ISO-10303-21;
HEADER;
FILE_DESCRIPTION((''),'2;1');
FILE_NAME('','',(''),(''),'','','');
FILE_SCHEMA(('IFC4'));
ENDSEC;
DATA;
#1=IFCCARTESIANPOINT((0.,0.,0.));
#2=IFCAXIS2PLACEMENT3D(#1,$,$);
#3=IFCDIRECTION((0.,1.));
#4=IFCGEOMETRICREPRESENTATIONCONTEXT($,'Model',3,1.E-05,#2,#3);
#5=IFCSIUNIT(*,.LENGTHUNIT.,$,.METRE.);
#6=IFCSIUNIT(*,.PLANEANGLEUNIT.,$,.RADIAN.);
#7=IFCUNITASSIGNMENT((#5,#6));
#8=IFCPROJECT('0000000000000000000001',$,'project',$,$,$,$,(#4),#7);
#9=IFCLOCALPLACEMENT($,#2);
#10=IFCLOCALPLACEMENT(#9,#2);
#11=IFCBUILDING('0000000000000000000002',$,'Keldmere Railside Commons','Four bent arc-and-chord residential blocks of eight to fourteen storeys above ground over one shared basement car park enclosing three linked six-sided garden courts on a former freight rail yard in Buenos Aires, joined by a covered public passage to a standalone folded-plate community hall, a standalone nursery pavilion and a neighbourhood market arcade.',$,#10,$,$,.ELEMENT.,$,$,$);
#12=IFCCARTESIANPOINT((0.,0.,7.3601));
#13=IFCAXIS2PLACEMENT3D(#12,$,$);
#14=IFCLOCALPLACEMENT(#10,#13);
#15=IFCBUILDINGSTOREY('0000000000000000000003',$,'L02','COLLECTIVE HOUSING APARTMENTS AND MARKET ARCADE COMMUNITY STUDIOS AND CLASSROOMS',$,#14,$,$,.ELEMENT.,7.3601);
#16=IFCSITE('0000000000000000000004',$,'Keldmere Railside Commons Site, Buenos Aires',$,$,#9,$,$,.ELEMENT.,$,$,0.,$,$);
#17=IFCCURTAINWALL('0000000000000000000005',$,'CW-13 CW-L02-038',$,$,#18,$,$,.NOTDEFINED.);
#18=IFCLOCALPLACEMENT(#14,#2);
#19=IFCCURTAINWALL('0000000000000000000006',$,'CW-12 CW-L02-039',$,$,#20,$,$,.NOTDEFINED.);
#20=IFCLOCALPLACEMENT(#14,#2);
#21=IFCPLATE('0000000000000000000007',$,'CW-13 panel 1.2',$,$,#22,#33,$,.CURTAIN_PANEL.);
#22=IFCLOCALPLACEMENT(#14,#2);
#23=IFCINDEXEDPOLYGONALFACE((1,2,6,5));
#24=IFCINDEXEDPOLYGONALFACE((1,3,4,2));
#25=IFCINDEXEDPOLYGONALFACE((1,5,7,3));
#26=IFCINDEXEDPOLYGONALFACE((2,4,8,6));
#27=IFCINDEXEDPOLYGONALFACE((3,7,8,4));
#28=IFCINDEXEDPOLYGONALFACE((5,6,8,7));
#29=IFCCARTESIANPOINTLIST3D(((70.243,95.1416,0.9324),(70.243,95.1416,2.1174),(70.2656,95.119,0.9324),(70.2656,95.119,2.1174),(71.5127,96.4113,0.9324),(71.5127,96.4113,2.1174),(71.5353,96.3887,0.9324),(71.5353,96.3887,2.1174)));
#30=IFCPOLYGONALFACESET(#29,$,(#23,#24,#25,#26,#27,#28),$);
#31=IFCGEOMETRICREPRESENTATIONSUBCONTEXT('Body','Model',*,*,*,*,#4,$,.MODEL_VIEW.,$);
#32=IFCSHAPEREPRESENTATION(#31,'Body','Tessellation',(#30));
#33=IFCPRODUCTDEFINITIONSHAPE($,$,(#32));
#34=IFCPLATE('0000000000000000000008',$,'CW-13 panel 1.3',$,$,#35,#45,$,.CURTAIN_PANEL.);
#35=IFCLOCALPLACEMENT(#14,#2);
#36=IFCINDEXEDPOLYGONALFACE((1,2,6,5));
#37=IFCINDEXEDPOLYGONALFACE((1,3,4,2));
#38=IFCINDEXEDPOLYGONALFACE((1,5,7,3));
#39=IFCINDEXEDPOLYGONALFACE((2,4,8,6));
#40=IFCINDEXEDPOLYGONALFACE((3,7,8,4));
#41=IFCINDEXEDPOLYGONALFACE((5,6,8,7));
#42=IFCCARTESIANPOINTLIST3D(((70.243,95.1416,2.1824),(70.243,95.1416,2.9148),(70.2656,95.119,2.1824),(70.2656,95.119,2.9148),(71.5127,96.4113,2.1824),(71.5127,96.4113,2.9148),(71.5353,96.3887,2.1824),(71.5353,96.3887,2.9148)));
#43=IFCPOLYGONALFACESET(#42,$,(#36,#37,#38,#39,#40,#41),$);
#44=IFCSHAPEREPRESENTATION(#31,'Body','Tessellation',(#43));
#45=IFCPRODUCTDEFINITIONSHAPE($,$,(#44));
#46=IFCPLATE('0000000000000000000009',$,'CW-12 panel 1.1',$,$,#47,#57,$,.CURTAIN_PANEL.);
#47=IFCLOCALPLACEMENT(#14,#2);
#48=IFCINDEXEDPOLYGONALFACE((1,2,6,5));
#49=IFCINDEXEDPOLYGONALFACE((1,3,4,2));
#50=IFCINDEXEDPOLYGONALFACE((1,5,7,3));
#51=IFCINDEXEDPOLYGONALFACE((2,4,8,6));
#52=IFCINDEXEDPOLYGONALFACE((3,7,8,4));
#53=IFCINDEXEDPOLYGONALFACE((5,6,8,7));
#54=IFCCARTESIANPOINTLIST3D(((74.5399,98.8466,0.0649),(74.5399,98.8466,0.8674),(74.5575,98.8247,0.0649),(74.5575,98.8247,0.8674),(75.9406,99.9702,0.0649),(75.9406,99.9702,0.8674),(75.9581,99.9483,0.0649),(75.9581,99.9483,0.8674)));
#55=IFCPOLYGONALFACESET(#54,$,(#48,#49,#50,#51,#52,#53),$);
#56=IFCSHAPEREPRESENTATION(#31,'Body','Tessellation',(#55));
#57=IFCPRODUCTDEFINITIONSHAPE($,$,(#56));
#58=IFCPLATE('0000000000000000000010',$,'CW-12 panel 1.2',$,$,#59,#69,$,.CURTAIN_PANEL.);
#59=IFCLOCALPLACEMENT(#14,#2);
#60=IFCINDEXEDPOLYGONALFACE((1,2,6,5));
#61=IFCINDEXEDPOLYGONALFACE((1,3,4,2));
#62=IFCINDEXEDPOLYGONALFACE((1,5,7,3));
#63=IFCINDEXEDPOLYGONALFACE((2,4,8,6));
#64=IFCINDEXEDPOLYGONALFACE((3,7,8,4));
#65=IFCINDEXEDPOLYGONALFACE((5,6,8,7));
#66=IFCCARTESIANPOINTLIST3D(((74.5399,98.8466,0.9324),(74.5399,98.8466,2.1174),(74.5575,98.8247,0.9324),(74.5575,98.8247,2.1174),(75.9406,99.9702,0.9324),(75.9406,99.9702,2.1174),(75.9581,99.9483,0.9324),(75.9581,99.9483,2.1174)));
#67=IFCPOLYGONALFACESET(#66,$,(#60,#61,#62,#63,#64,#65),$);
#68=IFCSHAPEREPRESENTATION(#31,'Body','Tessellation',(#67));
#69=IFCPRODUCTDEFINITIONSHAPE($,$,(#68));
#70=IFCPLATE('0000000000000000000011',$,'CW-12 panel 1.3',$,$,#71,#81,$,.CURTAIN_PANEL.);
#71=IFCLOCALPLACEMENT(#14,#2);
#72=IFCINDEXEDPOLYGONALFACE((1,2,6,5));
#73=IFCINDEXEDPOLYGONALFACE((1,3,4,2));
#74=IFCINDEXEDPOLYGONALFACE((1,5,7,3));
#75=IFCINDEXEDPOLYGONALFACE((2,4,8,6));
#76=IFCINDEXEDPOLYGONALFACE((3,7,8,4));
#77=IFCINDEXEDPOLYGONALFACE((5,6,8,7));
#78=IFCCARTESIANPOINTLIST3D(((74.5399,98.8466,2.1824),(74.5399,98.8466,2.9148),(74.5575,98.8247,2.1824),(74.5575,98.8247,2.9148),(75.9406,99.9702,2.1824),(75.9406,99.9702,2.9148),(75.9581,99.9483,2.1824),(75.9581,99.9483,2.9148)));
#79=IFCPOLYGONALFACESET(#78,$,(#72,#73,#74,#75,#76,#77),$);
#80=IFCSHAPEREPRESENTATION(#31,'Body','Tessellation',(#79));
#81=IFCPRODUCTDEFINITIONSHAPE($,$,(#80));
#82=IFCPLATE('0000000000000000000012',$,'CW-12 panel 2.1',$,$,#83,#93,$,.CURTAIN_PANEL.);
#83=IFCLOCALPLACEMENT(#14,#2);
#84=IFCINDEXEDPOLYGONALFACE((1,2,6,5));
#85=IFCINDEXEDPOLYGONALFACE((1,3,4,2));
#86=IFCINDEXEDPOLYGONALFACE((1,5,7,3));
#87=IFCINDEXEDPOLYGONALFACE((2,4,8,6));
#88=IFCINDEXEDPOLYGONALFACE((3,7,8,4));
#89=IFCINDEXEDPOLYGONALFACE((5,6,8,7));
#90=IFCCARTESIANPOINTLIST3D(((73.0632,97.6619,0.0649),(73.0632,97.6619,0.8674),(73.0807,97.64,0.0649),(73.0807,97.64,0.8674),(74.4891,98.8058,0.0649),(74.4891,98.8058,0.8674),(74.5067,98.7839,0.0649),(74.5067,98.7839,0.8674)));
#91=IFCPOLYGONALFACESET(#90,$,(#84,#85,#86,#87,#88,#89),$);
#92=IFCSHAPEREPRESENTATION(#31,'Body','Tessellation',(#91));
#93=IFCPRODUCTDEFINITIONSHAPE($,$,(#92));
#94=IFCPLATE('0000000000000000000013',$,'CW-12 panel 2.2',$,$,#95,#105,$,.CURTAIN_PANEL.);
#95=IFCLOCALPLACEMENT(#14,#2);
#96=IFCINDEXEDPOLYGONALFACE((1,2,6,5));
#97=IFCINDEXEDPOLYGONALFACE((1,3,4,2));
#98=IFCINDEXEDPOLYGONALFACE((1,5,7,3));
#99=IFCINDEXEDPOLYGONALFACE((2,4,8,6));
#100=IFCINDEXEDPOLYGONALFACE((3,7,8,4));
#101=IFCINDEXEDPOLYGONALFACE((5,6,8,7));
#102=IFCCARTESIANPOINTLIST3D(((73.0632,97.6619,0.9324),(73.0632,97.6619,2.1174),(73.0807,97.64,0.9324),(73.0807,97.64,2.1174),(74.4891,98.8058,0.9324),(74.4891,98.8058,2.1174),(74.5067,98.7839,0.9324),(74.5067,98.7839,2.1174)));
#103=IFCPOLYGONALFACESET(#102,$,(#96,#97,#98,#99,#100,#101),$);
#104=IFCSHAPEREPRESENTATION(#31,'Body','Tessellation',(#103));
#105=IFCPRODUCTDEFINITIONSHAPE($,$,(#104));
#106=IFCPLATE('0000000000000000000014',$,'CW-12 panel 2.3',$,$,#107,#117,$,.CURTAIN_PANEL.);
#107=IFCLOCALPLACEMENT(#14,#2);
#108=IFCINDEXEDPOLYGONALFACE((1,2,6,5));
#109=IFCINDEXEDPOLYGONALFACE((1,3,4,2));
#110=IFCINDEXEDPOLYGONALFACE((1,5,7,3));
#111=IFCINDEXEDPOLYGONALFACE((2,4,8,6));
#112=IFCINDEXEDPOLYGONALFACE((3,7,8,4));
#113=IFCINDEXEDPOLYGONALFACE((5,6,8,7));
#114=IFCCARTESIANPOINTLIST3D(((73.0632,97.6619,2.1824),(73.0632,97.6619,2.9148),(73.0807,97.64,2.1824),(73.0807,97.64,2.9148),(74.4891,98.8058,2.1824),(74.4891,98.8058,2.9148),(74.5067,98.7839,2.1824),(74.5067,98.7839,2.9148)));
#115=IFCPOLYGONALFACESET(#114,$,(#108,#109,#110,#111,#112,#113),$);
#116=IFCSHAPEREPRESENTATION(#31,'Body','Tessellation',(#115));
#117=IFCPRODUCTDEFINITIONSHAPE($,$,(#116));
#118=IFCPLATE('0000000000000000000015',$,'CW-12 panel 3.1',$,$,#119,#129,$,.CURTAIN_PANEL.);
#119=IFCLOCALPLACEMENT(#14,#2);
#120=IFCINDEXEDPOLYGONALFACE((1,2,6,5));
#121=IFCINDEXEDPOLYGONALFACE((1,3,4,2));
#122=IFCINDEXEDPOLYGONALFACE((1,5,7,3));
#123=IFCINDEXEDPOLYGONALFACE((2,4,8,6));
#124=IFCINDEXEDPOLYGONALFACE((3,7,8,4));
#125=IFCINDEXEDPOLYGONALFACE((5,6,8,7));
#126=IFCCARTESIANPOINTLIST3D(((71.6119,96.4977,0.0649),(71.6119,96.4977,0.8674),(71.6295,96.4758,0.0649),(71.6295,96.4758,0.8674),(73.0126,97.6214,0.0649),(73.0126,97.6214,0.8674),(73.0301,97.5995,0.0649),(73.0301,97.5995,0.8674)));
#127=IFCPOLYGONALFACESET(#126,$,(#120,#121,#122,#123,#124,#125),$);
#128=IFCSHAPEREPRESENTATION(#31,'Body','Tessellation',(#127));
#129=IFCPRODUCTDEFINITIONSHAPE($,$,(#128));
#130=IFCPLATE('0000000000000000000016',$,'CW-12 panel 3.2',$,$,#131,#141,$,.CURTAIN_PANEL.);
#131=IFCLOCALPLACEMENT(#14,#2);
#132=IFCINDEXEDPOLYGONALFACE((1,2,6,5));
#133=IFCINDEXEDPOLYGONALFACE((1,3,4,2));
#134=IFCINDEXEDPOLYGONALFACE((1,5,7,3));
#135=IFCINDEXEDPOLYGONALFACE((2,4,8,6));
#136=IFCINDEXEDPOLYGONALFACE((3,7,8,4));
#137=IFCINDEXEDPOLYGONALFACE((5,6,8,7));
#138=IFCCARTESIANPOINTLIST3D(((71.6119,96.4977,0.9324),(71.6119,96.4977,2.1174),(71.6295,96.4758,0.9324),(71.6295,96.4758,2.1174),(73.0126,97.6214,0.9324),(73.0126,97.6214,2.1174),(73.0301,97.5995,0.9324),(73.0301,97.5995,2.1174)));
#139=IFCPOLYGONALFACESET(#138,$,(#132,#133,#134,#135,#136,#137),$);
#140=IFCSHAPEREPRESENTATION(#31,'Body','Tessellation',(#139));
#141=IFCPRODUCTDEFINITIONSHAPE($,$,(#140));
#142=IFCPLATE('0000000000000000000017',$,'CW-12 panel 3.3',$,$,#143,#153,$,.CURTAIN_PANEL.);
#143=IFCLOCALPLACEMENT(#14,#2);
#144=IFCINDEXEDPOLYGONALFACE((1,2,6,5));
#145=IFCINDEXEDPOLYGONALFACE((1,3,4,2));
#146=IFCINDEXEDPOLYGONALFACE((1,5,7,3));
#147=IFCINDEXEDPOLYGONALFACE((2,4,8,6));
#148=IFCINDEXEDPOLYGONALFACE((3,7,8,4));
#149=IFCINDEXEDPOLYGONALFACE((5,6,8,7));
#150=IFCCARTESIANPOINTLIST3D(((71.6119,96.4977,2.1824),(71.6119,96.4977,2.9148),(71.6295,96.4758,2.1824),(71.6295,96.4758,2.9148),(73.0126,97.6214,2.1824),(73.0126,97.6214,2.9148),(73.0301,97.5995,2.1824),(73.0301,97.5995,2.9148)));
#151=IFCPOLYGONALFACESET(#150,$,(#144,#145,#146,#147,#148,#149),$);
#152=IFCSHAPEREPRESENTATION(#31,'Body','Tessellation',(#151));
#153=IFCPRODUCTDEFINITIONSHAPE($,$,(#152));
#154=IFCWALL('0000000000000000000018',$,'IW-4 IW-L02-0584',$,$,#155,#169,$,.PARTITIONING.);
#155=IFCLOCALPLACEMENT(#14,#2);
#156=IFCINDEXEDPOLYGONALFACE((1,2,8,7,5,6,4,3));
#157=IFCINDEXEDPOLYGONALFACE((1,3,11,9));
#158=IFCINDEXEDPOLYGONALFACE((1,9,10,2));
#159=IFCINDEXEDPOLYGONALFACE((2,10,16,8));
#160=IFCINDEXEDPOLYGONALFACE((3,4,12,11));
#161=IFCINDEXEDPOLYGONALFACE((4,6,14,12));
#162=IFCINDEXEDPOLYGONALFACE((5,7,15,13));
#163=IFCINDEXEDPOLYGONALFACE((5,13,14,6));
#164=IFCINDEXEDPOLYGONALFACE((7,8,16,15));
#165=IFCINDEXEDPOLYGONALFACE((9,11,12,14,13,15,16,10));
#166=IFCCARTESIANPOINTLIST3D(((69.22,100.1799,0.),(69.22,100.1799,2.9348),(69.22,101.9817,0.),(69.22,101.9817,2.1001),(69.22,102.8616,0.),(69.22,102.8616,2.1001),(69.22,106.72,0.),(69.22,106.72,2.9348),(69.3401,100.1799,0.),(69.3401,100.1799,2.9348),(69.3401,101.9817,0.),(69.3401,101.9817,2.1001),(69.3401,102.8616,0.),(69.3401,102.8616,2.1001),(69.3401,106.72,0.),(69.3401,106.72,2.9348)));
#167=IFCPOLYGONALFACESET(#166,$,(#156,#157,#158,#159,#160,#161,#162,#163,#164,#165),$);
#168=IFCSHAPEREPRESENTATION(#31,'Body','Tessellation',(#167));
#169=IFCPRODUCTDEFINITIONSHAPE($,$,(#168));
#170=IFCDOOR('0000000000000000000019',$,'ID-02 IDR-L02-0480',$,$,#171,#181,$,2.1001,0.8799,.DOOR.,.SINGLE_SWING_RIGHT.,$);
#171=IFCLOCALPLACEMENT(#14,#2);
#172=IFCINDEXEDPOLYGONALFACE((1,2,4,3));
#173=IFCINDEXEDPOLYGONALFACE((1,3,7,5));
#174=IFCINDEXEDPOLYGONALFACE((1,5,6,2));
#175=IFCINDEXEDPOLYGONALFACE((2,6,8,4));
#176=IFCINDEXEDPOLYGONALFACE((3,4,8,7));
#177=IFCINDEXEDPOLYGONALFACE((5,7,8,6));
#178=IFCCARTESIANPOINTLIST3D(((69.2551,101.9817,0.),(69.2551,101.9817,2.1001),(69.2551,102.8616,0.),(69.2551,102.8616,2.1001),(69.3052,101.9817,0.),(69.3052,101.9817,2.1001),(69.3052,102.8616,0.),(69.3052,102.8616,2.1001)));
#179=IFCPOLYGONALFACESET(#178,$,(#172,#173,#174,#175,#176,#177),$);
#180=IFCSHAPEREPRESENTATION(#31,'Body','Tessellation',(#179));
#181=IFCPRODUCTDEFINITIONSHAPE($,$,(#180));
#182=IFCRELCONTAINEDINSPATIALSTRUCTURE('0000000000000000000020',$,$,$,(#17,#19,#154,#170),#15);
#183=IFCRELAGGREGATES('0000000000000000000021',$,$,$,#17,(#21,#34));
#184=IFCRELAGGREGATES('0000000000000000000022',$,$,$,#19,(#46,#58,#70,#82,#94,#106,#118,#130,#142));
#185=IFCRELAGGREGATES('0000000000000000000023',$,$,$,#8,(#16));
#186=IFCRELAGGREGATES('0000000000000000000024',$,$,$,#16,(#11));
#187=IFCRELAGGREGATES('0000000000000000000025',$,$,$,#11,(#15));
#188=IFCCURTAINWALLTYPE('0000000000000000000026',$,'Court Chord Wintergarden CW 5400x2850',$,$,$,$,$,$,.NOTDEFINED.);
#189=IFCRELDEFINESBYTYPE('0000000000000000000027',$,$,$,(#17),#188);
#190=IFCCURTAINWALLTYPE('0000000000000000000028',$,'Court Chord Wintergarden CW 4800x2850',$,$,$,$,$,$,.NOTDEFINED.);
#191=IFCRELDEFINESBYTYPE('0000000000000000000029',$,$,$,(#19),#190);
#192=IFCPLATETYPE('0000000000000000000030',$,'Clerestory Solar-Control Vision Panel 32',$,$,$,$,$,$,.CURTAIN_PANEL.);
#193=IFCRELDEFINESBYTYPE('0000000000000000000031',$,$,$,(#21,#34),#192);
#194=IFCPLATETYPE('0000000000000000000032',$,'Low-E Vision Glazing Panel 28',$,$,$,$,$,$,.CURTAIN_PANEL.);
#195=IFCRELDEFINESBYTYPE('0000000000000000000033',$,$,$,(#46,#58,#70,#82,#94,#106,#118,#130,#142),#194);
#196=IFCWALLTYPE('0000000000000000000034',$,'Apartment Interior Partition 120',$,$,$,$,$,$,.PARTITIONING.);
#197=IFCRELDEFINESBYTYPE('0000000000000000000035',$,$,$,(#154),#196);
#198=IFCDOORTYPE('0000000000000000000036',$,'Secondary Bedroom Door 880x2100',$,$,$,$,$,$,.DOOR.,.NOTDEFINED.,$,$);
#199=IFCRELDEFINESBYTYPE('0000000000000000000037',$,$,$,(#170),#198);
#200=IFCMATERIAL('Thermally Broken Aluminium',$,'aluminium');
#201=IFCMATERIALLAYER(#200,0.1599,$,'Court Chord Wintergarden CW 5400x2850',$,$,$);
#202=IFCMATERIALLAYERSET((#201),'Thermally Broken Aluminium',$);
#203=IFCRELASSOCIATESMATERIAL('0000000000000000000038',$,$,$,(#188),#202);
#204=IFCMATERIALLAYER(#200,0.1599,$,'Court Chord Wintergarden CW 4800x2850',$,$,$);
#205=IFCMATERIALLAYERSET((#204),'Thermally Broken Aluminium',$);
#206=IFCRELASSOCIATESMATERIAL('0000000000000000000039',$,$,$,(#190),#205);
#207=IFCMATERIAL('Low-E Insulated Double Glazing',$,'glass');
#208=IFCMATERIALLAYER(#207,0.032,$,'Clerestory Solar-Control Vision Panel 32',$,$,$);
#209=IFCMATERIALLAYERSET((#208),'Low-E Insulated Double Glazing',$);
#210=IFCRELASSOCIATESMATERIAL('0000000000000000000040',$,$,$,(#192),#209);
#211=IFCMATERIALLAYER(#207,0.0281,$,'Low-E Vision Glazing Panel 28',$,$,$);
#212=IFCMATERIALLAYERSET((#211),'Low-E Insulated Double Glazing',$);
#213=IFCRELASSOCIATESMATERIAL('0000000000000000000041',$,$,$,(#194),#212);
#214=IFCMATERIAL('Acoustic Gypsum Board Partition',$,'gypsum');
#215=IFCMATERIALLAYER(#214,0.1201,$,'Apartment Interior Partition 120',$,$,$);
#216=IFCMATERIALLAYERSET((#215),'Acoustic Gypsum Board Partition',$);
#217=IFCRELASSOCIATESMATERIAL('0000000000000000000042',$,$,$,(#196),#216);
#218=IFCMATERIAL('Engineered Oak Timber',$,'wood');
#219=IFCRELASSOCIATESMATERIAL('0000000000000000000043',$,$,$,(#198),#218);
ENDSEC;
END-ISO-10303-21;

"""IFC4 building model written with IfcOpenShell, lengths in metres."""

from ifc_helpers import new_model, si_unit, direction, frame, frame_2d, origin, origin_2d, place, context, subcontext, project, spatial, rectangle, extrude, material, layer, layer_set, type_object, element, fill, aggregate, save


model = new_model("IFC4")

# Units and contexts
model_context = context("Model", 3, precision=1e-05, world=origin(), true_north=direction((0.0, 1.0)))
body_context = subcontext(model_context, "Body", "Model", "MODEL_VIEW")
ifc_project = project(units=[si_unit("LENGTHUNIT", "METRE"), si_unit("PLANEANGLEUNIT", "RADIAN")], contexts=[model_context])

# Site, building, storey
site_placement = place(None, origin())
site = spatial("IfcSite", under=ifc_project, at=site_placement, Name="Keldmere Railside Commons Site, Buenos Aires", CompositionType="ELEMENT", RefElevation=0.0)
building_placement = place(site_placement, origin())
building = spatial("IfcBuilding", under=site, at=building_placement, Name="Keldmere Railside Commons", Description="Four bent arc-and-chord residential blocks of eight to fourteen storeys above ground over one shared basement car park enclosing three linked six-sided garden courts on a former freight rail yard in Buenos Aires, joined by a covered public passage to a standalone folded-plate community hall, a standalone nursery pavilion and a neighbourhood market arcade.", CompositionType="ELEMENT")
storey_placement = place(building_placement, frame((0.0, 0.0, 7.3601)))
storey = spatial("IfcBuildingStorey", under=building, at=storey_placement, Name="L02", Description="COLLECTIVE HOUSING APARTMENTS AND MARKET ARCADE COMMUNITY STUDIOS AND CLASSROOMS", CompositionType="ELEMENT", Elevation=7.3601)

# Curtain wall
ifc_material_1 = material(Name="Thermally Broken Aluminium", Category="aluminium")
ifc_layer_1 = layer(ifc_material_1, 0.1599, Name="Court Chord Wintergarden CW 5400x2850")
ifc_layer_set_1 = layer_set([ifc_layer_1], Name="Thermally Broken Aluminium")
curtain_wall_type_1 = type_object("IfcCurtainWallType", Name="Court Chord Wintergarden CW 5400x2850", PredefinedType="NOTDEFINED", material=ifc_layer_set_1)
curtain_wall_1_placement = place(storey_placement, origin())
curtain_wall_1 = element("IfcCurtainWall", 1, at=curtain_wall_1_placement, inside=storey, type_object=curtain_wall_type_1, Name="CW-13 CW-L02-038", PredefinedType="NOTDEFINED")

# Curtain wall
ifc_layer_2 = layer(ifc_material_1, 0.1599, Name="Court Chord Wintergarden CW 4800x2850")
ifc_layer_set_2 = layer_set([ifc_layer_2], Name="Thermally Broken Aluminium")
curtain_wall_type_2 = type_object("IfcCurtainWallType", Name="Court Chord Wintergarden CW 4800x2850", PredefinedType="NOTDEFINED", material=ifc_layer_set_2)
curtain_wall_2_placement = place(storey_placement, origin())
curtain_wall_2 = element("IfcCurtainWall", 2, at=curtain_wall_2_placement, inside=storey, type_object=curtain_wall_type_2, Name="CW-12 CW-L02-039", PredefinedType="NOTDEFINED")

# Plates
ifc_material_2 = material(Name="Low-E Insulated Double Glazing", Category="glass")
ifc_layer_3 = layer(ifc_material_2, 0.032, Name="Clerestory Solar-Control Vision Panel 32")
ifc_layer_set_3 = layer_set([ifc_layer_3], Name="Low-E Insulated Double Glazing")
plate_type_1 = type_object("IfcPlateType", Name="Clerestory Solar-Control Vision Panel 32", PredefinedType="CURTAIN_PANEL", material=ifc_layer_set_3)
plate_1_placement = place(storey_placement, frame((70.8892, 95.7651, 0.9324), z_axis=(0.0, 0.0, 1.0), x_axis=(-0.707107, -0.707107, 0.0)))
plate_1 = element("IfcPlate", 3, at=plate_1_placement, type_object=plate_type_1, Name="CW-13 panel 1.2", PredefinedType="CURTAIN_PANEL", context=body_context, shape_type="SweptSolid", body=[
    extrude(rectangle(XDim=1.7957, YDim=0.032, at=origin_2d()), origin(), (0.0, 0.0, 1.0), 1.1851),
])
plate_2_placement = place(storey_placement, frame((70.8892, 95.7651, 2.1824), z_axis=(0.0, 0.0, 1.0), x_axis=(-0.707107, -0.707107, 0.0)))
plate_2 = element("IfcPlate", 4, at=plate_2_placement, type_object=plate_type_1, Name="CW-13 panel 1.3", PredefinedType="CURTAIN_PANEL", context=body_context, shape_type="SweptSolid", body=[
    extrude(rectangle(XDim=1.7957, YDim=0.032, at=origin_2d()), origin(), (0.0, 0.0, 1.0), 0.7324),
])
aggregate(curtain_wall_1, [plate_1, plate_2])
ifc_layer_4 = layer(ifc_material_2, 0.0281, Name="Low-E Vision Glazing Panel 28")
ifc_layer_set_4 = layer_set([ifc_layer_4], Name="Low-E Insulated Double Glazing")
plate_type_2 = type_object("IfcPlateType", Name="Low-E Vision Glazing Panel 28", PredefinedType="CURTAIN_PANEL", material=ifc_layer_set_4)
plate_3_placement = place(storey_placement, frame((75.249, 99.3975, 0.0649), z_axis=(0.0, 0.0, 1.0), x_axis=(-0.780009, -0.625768, 0.0)))
plate_3 = element("IfcPlate", 5, at=plate_3_placement, type_object=plate_type_2, Name="CW-12 panel 1.1", PredefinedType="CURTAIN_PANEL", context=body_context, shape_type="SweptSolid", body=[
    extrude(rectangle(XDim=1.7957, YDim=0.0281, at=origin_2d()), origin(), (0.0, 0.0, 1.0), 0.8025),
])
plate_4_placement = place(storey_placement, frame((75.249, 99.3975, 0.9324), z_axis=(0.0, 0.0, 1.0), x_axis=(-0.780009, -0.625768, 0.0)))
plate_4 = element("IfcPlate", 6, at=plate_4_placement, type_object=plate_type_2, Name="CW-12 panel 1.2", PredefinedType="CURTAIN_PANEL", context=body_context, shape_type="SweptSolid", body=[
    extrude(rectangle(XDim=1.7957, YDim=0.0281, at=origin_2d()), origin(), (0.0, 0.0, 1.0), 1.1851),
])
plate_5_placement = place(storey_placement, frame((75.249, 99.3975, 2.1824), z_axis=(0.0, 0.0, 1.0), x_axis=(-0.780009, -0.625768, 0.0)))
plate_5 = element("IfcPlate", 7, at=plate_5_placement, type_object=plate_type_2, Name="CW-12 panel 1.3", PredefinedType="CURTAIN_PANEL", context=body_context, shape_type="SweptSolid", body=[
    extrude(rectangle(XDim=1.7957, YDim=0.0281, at=origin_2d()), origin(), (0.0, 0.0, 1.0), 0.7324),
])
plate_6_placement = place(storey_placement, frame((73.7849, 98.2229, 0.0649), z_axis=(0.0, 0.0, 1.0), x_axis=(-0.780009, -0.625768, 0.0)))
plate_6 = element("IfcPlate", 8, at=plate_6_placement, type_object=plate_type_2, Name="CW-12 panel 2.1", PredefinedType="CURTAIN_PANEL", context=body_context, shape_type="SweptSolid", body=[
    extrude(rectangle(XDim=1.8281, YDim=0.0281, at=origin_2d()), origin(), (0.0, 0.0, 1.0), 0.8025),
])
plate_7_placement = place(storey_placement, frame((73.7849, 98.2229, 0.9324), z_axis=(0.0, 0.0, 1.0), x_axis=(-0.780009, -0.625768, 0.0)))
plate_7 = element("IfcPlate", 9, at=plate_7_placement, type_object=plate_type_2, Name="CW-12 panel 2.2", PredefinedType="CURTAIN_PANEL", context=body_context, shape_type="SweptSolid", body=[
    extrude(rectangle(XDim=1.8281, YDim=0.0281, at=origin_2d()), origin(), (0.0, 0.0, 1.0), 1.1851),
])
plate_8_placement = place(storey_placement, frame((73.7849, 98.2229, 2.1824), z_axis=(0.0, 0.0, 1.0), x_axis=(-0.780009, -0.625768, 0.0)))
plate_8 = element("IfcPlate", 10, at=plate_8_placement, type_object=plate_type_2, Name="CW-12 panel 2.3", PredefinedType="CURTAIN_PANEL", context=body_context, shape_type="SweptSolid", body=[
    extrude(rectangle(XDim=1.8281, YDim=0.0281, at=origin_2d()), origin(), (0.0, 0.0, 1.0), 0.7324),
])
plate_9_placement = place(storey_placement, frame((72.321, 97.0486, 0.0649), z_axis=(0.0, 0.0, 1.0), x_axis=(-0.780009, -0.625768, 0.0)))
plate_9 = element("IfcPlate", 11, at=plate_9_placement, type_object=plate_type_2, Name="CW-12 panel 3.1", PredefinedType="CURTAIN_PANEL", context=body_context, shape_type="SweptSolid", body=[
    extrude(rectangle(XDim=1.7957, YDim=0.0281, at=origin_2d()), origin(), (0.0, 0.0, 1.0), 0.8025),
])
plate_10_placement = place(storey_placement, frame((72.321, 97.0486, 0.9324), z_axis=(0.0, 0.0, 1.0), x_axis=(-0.780009, -0.625768, 0.0)))
plate_10 = element("IfcPlate", 12, at=plate_10_placement, type_object=plate_type_2, Name="CW-12 panel 3.2", PredefinedType="CURTAIN_PANEL", context=body_context, shape_type="SweptSolid", body=[
    extrude(rectangle(XDim=1.7957, YDim=0.0281, at=origin_2d()), origin(), (0.0, 0.0, 1.0), 1.1851),
])
plate_11_placement = place(storey_placement, frame((72.321, 97.0486, 2.1824), z_axis=(0.0, 0.0, 1.0), x_axis=(-0.780009, -0.625768, 0.0)))
plate_11 = element("IfcPlate", 13, at=plate_11_placement, type_object=plate_type_2, Name="CW-12 panel 3.3", PredefinedType="CURTAIN_PANEL", context=body_context, shape_type="SweptSolid", body=[
    extrude(rectangle(XDim=1.7957, YDim=0.0281, at=origin_2d()), origin(), (0.0, 0.0, 1.0), 0.7324),
])
aggregate(curtain_wall_2, [plate_3, plate_4, plate_5, plate_6, plate_7, plate_8, plate_9, plate_10, plate_11])

# Wall, opening, door
ifc_material_3 = material(Name="Acoustic Gypsum Board Partition", Category="gypsum")
ifc_layer_5 = layer(ifc_material_3, 0.1201, Name="Apartment Interior Partition 120")
ifc_layer_set_5 = layer_set([ifc_layer_5], Name="Acoustic Gypsum Board Partition")
wall_type_1 = type_object("IfcWallType", Name="Apartment Interior Partition 120", PredefinedType="PARTITIONING", material=ifc_layer_set_5)
wall_1_placement = place(storey_placement, frame((69.28, 100.1799, 0.0), z_axis=(0.0, 0.0, 1.0), x_axis=(0.0, 1.0, 0.0)))
wall_1 = element("IfcWall", 14, at=wall_1_placement, inside=storey, type_object=wall_type_1, Name="IW-4 IW-L02-0584", PredefinedType="PARTITIONING", context=body_context, shape_type="SweptSolid", body=[
    extrude(rectangle(XDim=6.54, YDim=0.1201, at=frame_2d((3.27, 0.0))), origin(), (0.0, 0.0, 1.0), 2.9348),
])
opening_placement = place(wall_1_placement, frame((1.8018, 0.0, 0.0)))
opening = element("IfcOpeningElement", 15, at=opening_placement, cuts=wall_1, PredefinedType="OPENING", context=body_context, shape_type="SweptSolid", body=[
    extrude(rectangle(XDim=0.8799, YDim=2.1001, at=frame_2d((0.4399, 1.05))), frame((0.0, 0.0701, 0.0), z_axis=(0.0, -1.0, 0.0), x_axis=(1.0, 0.0, 0.0)), (0.0, 0.0, 1.0), 0.1401),
])
ifc_material_4 = material(Name="Engineered Oak Timber", Category="wood")
door_type = type_object("IfcDoorType", Name="Secondary Bedroom Door 880x2100", OperationType="NOTDEFINED", PredefinedType="DOOR", material=ifc_material_4)
door_placement = place(opening_placement, origin())
door = element("IfcDoor", 16, at=door_placement, inside=storey, type_object=door_type, Name="ID-02 IDR-L02-0480", OperationType="SINGLE_SWING_RIGHT", OverallHeight=2.1001, OverallWidth=0.8799, PredefinedType="DOOR", context=body_context, shape_type="SweptSolid", body=[
    extrude(rectangle(XDim=0.8799, YDim=2.1001, at=frame_2d((0.4399, 1.05))), frame((0.0, 0.0249, 0.0), z_axis=(0.0, -1.0, 0.0), x_axis=(1.0, 0.0, 0.0)), (0.0, 0.0, 1.0), 0.05),
])
fill(opening, door)

save(model, "model.ifc")
